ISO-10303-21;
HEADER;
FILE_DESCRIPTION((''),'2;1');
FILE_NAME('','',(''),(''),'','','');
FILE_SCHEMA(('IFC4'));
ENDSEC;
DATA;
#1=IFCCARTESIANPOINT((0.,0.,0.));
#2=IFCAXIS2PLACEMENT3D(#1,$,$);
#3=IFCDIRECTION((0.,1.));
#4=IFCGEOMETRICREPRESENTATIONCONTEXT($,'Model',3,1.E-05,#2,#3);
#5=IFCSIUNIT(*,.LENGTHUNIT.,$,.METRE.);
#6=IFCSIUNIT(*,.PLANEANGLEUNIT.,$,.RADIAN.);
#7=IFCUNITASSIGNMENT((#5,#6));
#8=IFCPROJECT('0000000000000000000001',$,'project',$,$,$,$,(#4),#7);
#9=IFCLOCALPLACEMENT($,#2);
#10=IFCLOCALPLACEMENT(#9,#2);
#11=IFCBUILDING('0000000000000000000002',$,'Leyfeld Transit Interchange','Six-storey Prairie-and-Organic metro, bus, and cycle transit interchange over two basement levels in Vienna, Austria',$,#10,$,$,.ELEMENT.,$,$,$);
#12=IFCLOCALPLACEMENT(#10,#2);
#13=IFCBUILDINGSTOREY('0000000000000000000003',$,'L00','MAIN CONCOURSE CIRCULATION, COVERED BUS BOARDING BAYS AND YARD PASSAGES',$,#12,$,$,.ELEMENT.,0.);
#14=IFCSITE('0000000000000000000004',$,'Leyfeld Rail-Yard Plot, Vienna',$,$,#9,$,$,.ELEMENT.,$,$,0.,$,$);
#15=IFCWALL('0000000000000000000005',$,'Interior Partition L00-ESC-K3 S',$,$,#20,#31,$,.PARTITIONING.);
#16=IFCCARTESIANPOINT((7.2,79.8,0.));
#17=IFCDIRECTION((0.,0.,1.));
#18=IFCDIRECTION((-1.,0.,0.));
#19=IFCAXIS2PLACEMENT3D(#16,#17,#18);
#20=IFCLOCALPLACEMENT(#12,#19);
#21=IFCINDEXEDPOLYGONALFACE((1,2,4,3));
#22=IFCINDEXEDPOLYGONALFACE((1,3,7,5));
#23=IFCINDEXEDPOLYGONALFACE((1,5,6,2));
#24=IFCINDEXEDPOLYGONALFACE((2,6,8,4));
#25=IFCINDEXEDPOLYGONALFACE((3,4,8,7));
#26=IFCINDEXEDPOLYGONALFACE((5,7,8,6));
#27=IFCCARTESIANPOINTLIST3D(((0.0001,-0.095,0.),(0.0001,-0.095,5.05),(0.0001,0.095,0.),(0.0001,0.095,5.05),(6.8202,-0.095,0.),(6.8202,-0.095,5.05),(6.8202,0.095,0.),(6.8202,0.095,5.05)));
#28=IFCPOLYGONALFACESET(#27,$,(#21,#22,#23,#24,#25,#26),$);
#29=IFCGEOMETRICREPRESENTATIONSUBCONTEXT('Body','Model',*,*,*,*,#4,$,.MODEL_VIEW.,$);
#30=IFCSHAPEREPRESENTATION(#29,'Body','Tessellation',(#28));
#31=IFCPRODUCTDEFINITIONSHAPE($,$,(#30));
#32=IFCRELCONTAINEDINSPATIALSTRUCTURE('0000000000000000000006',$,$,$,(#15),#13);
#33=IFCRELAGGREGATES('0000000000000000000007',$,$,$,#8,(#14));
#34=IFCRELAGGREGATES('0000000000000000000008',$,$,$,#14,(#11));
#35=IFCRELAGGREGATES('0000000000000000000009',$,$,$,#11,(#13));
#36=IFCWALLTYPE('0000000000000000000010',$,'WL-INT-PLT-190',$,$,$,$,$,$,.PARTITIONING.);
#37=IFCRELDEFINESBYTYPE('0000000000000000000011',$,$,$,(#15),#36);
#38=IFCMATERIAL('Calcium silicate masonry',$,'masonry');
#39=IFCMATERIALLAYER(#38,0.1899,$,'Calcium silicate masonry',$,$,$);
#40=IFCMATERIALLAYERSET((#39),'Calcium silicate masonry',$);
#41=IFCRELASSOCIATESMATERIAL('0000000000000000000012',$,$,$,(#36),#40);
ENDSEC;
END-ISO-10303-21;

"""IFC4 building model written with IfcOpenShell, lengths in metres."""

from ifc_helpers import new_model, si_unit, direction, frame, frame_2d, origin, place, context, subcontext, project, spatial, rectangle, extrude, material, layer, layer_set, type_object, element, save


model = new_model("IFC4")

# Units and contexts
model_context = context("Model", 3, precision=1e-05, world=origin(), true_north=direction((0.0, 1.0)))
body_context = subcontext(model_context, "Body", "Model", "MODEL_VIEW")
ifc_project = project(units=[si_unit("LENGTHUNIT", "METRE"), si_unit("PLANEANGLEUNIT", "RADIAN")], contexts=[model_context])

# Site, building, storey
site_placement = place(None, origin())
site = spatial("IfcSite", under=ifc_project, at=site_placement, Name="Leyfeld Rail-Yard Plot, Vienna", CompositionType="ELEMENT", RefElevation=0.0)
building_placement = place(site_placement, origin())
building = spatial("IfcBuilding", under=site, at=building_placement, Name="Leyfeld Transit Interchange", Description="Six-storey Prairie-and-Organic metro, bus, and cycle transit interchange over two basement levels in Vienna, Austria", CompositionType="ELEMENT")
storey_placement = place(building_placement, origin())
storey = spatial("IfcBuildingStorey", under=building, at=storey_placement, Name="L00", Description="MAIN CONCOURSE CIRCULATION, COVERED BUS BOARDING BAYS AND YARD PASSAGES", CompositionType="ELEMENT", Elevation=0.0)

# Wall
ifc_material_1 = material(Name="Calcium silicate masonry", Category="masonry")
ifc_layer_1 = layer(ifc_material_1, 0.1899, Name="Calcium silicate masonry")
ifc_layer_set_1 = layer_set([ifc_layer_1], Name="Calcium silicate masonry")
wall_type_1 = type_object("IfcWallType", Name="WL-INT-PLT-190", PredefinedType="PARTITIONING", material=ifc_layer_set_1)
for number, where, z_axis, x_axis, name in (
    (1, (7.2, 79.8, 0.0), (0.0, 0.0, 1.0), (-1.0, 0.0, 0.0), "Interior Partition L00-ESC-K3 S"),
):
    element("IfcWall", number, at=place(storey_placement, frame(where, z_axis=z_axis, x_axis=x_axis)), inside=storey, type_object=wall_type_1, Name=name, PredefinedType="PARTITIONING", context=body_context, shape_type="SweptSolid", body=[
        extrude(rectangle(XDim=6.8201, YDim=0.1899, at=frame_2d((3.4102, 0.0))), origin(), (0.0, 0.0, 1.0), 5.05),
    ])

save(model, "model.ifc")
